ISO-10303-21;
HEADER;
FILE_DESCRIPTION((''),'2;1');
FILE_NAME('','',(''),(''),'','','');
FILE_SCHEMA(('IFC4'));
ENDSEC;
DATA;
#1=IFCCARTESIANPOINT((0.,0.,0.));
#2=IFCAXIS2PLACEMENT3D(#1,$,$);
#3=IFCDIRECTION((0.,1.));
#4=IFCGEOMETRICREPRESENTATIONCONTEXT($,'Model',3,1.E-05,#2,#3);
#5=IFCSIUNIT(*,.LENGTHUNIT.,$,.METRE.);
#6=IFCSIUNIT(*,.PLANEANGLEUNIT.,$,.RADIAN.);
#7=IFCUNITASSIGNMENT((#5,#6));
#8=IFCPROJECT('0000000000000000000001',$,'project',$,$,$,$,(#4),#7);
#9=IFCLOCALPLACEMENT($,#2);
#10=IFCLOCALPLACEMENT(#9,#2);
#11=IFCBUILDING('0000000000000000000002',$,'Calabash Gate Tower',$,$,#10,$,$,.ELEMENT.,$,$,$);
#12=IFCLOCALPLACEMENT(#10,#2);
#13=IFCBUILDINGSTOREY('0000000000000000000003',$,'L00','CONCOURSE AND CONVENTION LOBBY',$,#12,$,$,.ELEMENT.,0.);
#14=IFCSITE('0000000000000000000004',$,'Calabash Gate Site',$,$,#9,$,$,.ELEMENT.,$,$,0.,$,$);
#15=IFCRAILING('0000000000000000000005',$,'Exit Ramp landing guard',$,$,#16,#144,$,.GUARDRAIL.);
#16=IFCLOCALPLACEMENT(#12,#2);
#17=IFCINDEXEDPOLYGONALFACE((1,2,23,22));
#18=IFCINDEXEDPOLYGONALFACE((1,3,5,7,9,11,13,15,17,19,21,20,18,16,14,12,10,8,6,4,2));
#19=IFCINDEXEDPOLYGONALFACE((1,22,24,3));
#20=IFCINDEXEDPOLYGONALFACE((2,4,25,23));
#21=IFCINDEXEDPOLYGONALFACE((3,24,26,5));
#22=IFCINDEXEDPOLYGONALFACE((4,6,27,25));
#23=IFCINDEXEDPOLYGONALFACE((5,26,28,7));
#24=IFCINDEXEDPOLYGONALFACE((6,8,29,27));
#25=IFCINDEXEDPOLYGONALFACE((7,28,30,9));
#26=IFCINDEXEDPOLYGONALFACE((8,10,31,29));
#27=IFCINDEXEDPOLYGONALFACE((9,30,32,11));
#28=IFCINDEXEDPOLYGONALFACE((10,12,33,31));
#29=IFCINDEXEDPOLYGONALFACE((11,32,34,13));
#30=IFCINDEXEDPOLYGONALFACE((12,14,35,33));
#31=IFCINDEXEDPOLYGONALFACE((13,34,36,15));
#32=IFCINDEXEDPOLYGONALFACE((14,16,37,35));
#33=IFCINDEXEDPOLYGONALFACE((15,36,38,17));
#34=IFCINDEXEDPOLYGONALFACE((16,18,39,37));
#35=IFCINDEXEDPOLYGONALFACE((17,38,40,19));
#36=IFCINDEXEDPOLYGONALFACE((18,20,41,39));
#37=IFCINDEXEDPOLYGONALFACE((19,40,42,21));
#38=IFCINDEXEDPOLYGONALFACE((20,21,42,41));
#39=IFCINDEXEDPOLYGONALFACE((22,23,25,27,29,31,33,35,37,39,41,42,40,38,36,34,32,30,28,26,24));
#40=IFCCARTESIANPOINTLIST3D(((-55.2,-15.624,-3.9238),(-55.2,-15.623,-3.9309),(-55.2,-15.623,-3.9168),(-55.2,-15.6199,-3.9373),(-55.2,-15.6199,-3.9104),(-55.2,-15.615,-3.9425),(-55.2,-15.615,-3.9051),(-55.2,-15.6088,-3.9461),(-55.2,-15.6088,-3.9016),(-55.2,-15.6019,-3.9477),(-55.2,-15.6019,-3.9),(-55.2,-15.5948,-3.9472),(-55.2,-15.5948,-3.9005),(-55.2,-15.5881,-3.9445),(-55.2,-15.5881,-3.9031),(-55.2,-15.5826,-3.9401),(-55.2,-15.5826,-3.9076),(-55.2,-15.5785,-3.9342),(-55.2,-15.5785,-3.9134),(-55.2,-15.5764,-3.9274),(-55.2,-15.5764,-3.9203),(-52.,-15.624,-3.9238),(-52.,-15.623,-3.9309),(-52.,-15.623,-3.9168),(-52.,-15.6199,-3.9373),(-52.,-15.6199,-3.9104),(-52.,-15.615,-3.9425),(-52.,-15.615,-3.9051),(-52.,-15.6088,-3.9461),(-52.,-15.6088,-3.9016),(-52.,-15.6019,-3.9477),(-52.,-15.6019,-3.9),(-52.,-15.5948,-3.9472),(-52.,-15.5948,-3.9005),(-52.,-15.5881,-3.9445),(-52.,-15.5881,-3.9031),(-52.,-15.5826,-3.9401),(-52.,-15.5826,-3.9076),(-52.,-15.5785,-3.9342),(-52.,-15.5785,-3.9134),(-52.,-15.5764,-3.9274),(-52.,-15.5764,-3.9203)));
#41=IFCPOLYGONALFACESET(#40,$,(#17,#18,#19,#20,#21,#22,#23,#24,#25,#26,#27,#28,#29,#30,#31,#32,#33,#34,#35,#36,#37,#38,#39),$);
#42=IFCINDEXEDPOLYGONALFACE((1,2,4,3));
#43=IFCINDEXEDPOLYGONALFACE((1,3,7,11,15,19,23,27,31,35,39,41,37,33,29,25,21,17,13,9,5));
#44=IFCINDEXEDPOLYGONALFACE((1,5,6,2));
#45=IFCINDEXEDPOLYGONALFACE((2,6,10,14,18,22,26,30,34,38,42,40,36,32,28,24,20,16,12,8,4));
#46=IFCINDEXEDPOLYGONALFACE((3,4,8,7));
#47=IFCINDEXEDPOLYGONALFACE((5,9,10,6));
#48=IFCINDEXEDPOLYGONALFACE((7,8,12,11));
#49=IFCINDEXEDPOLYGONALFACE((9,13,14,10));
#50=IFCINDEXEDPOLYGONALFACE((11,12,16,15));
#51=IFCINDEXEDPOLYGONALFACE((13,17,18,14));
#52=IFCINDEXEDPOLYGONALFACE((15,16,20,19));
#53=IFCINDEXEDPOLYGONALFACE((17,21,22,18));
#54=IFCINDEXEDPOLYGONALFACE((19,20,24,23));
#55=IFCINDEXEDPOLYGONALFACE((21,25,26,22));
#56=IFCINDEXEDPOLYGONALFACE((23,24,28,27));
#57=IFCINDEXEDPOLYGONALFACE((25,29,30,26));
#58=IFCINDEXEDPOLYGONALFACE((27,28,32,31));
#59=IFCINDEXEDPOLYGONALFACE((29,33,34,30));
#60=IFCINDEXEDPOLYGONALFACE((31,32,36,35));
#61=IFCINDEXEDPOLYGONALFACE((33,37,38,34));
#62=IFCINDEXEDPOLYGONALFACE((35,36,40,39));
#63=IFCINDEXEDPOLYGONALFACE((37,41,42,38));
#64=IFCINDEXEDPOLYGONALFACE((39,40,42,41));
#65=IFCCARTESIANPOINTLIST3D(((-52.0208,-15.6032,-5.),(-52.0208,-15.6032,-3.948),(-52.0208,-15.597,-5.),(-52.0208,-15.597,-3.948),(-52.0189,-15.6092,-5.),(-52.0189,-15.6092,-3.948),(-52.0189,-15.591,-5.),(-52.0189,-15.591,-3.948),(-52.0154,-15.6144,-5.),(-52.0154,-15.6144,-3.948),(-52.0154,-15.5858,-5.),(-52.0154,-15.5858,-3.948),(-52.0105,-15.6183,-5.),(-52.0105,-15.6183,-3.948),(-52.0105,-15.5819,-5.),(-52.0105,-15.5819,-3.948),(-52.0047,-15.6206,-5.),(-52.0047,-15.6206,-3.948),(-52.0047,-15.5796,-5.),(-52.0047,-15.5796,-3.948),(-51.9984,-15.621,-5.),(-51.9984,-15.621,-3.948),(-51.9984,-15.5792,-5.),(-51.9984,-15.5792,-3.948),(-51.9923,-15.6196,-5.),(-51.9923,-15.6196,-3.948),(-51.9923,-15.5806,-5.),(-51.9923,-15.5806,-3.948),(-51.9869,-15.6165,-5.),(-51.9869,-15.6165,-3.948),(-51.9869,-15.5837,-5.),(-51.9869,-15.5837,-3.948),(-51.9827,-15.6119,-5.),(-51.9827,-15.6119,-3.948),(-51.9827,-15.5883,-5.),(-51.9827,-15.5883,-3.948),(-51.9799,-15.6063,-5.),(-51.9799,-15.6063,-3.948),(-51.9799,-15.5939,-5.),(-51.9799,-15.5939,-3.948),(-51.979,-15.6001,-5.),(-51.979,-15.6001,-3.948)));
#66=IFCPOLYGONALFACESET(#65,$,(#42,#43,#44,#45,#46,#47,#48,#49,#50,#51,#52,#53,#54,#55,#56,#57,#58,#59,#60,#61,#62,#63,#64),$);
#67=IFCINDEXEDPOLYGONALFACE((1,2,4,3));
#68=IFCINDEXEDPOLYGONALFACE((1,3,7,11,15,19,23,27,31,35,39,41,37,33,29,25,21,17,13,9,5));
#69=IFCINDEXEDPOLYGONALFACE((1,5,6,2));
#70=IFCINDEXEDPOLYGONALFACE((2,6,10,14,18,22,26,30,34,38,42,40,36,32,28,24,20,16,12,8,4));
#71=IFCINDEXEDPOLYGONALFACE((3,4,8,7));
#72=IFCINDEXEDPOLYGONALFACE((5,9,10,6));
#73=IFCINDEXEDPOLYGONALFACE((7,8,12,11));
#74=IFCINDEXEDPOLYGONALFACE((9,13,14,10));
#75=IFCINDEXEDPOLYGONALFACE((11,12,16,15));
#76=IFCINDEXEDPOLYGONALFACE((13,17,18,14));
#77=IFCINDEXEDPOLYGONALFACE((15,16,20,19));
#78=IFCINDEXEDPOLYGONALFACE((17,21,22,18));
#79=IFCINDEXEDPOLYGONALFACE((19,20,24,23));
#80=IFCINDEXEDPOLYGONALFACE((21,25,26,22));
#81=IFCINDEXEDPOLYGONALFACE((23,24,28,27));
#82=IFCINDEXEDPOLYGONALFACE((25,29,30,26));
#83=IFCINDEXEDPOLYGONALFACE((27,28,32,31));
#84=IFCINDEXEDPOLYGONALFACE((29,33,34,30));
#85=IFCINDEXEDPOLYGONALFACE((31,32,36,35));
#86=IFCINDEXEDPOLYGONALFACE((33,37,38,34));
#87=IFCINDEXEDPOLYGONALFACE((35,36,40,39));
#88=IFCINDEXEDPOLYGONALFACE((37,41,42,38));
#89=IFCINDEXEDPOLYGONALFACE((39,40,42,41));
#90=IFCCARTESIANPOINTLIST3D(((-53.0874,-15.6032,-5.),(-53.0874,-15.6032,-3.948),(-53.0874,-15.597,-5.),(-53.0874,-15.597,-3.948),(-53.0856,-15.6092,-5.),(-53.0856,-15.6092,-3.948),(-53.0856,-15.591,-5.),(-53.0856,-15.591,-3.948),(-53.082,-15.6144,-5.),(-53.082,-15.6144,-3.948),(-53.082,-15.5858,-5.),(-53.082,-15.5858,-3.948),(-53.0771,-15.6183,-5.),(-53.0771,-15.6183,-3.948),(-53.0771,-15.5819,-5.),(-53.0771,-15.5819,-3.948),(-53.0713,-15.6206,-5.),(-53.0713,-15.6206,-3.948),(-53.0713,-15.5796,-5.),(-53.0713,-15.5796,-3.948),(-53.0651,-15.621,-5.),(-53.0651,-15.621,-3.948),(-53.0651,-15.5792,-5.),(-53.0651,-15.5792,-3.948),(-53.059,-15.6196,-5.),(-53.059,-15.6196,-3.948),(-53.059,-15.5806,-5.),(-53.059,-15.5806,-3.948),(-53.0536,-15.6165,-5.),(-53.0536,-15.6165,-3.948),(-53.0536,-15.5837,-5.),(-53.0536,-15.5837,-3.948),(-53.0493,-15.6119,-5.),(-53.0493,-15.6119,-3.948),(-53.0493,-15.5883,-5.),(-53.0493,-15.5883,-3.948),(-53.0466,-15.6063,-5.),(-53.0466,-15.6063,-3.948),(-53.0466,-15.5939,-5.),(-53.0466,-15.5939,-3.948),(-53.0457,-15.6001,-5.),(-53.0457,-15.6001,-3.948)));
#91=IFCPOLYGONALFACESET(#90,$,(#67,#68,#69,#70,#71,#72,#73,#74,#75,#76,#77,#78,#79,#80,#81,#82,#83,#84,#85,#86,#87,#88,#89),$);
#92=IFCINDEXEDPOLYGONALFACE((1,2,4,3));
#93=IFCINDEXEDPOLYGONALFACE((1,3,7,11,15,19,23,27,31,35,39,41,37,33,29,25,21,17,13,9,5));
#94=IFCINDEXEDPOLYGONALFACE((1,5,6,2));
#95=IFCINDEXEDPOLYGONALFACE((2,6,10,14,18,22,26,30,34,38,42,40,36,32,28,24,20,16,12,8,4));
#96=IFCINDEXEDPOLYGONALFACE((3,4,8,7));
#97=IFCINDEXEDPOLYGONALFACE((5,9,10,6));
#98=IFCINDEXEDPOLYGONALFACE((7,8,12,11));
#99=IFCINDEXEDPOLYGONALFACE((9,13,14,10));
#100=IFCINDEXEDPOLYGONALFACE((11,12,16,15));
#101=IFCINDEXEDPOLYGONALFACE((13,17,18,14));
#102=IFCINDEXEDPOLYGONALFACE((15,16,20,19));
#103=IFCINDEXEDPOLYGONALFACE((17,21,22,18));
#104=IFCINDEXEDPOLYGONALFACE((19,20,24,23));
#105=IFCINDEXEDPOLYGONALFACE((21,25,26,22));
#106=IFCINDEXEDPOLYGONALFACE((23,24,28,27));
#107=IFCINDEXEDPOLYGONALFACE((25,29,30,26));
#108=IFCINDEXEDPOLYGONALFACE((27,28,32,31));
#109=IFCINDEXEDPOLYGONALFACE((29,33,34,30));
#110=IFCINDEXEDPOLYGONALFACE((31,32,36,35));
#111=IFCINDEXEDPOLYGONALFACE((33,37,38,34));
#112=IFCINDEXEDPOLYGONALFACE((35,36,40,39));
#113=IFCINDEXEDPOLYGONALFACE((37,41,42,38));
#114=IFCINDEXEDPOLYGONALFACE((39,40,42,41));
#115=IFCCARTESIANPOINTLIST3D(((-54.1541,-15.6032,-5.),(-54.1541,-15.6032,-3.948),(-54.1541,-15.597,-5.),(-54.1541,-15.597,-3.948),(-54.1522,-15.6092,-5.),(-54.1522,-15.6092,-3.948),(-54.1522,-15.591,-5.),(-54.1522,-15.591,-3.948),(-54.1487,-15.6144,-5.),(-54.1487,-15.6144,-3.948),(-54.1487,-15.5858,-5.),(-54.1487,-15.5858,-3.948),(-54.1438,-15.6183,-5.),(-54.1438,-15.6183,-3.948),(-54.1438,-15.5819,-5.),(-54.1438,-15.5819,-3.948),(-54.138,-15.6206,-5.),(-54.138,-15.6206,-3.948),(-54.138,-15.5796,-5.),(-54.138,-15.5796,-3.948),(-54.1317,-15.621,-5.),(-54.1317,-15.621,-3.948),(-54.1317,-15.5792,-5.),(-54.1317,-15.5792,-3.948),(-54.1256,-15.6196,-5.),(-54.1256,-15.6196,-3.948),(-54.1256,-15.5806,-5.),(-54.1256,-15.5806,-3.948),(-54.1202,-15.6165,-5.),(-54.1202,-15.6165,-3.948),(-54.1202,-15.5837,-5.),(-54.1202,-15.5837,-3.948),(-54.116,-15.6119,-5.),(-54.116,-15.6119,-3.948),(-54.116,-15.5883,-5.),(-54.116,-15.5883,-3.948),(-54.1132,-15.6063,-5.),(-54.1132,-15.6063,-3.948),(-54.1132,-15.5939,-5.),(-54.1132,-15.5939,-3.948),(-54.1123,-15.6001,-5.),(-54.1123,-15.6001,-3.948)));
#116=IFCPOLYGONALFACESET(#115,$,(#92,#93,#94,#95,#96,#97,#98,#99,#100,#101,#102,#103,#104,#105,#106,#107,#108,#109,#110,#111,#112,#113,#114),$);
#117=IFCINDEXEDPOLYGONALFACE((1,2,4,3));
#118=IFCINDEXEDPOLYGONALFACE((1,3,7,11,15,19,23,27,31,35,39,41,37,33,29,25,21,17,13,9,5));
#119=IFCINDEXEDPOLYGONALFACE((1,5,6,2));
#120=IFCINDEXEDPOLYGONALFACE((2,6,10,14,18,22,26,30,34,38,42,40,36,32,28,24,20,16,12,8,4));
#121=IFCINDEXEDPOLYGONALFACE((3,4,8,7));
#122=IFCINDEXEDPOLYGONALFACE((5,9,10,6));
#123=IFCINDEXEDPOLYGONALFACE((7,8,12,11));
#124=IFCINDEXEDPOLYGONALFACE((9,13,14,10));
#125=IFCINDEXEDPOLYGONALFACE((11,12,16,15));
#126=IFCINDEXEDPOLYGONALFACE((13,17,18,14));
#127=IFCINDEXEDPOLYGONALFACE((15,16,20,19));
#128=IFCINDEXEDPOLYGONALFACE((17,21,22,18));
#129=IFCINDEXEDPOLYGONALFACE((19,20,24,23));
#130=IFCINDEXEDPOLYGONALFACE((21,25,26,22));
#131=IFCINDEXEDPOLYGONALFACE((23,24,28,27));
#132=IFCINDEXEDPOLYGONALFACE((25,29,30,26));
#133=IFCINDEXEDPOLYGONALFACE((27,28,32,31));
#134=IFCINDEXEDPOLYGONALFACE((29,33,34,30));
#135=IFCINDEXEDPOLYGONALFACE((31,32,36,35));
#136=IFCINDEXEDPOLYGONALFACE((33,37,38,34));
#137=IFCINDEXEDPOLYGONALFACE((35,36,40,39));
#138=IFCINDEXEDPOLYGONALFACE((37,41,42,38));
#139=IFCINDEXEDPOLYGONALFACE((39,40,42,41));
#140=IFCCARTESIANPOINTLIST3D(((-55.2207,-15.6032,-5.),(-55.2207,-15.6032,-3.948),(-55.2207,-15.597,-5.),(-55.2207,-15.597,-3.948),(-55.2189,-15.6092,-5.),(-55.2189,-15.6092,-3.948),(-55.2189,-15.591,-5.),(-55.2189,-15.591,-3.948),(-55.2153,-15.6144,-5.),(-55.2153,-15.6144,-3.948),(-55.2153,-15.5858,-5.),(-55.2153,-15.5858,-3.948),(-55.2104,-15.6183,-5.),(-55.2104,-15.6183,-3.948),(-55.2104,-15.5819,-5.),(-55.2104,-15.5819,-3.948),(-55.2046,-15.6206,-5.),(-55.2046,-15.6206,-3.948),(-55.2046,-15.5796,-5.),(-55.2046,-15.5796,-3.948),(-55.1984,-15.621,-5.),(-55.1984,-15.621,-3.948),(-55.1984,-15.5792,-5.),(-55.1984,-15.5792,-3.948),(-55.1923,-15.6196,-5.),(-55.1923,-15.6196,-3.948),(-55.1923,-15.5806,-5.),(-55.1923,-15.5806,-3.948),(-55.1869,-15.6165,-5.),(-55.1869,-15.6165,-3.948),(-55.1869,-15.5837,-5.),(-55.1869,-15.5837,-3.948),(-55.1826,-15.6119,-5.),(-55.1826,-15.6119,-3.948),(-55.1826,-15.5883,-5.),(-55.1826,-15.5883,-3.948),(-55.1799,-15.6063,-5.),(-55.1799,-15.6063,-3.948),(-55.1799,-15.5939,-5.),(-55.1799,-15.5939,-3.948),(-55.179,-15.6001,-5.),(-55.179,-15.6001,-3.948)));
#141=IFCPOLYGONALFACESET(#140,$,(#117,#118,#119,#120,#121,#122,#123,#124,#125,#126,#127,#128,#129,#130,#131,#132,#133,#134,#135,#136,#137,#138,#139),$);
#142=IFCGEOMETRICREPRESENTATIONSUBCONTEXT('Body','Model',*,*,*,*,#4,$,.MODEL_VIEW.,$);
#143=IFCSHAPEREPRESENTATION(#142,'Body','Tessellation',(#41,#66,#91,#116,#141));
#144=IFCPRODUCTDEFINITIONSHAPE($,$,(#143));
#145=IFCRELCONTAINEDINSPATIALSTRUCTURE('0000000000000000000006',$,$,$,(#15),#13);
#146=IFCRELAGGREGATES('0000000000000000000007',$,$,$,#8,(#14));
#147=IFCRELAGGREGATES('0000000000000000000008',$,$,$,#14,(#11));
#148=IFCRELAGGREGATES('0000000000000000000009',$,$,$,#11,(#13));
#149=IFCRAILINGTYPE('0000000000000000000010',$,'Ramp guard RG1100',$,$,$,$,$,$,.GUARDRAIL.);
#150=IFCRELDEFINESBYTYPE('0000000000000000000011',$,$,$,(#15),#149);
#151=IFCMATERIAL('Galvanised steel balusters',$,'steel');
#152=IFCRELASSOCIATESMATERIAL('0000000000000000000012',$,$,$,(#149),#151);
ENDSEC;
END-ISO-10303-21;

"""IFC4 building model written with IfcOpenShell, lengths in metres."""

from ifc_helpers import new_model, si_unit, direction, frame, origin, origin_2d, place, context, subcontext, project, spatial, circle, extrude, material, type_object, element, save


model = new_model("IFC4")

# Units and contexts
model_context = context("Model", 3, precision=1e-05, world=origin(), true_north=direction((0.0, 1.0)))
body_context = subcontext(model_context, "Body", "Model", "MODEL_VIEW")
ifc_project = project(units=[si_unit("LENGTHUNIT", "METRE"), si_unit("PLANEANGLEUNIT", "RADIAN")], contexts=[model_context])

# Site, building, storey
site_placement = place(None, origin())
site = spatial("IfcSite", under=ifc_project, at=site_placement, Name="Calabash Gate Site", CompositionType="ELEMENT", RefElevation=0.0)
building_placement = place(site_placement, origin())
building = spatial("IfcBuilding", under=site, at=building_placement, Name="Calabash Gate Tower", CompositionType="ELEMENT")
storey_placement = place(building_placement, origin())
storey = spatial("IfcBuildingStorey", under=building, at=storey_placement, Name="L00", Description="CONCOURSE AND CONVENTION LOBBY", CompositionType="ELEMENT", Elevation=0.0)

# Railing
ifc_material_1 = material(Name="Galvanised steel balusters", Category="steel")
railing_type = type_object("IfcRailingType", Name="Ramp guard RG1100", PredefinedType="GUARDRAIL", material=ifc_material_1)
railing_1_placement = place(storey_placement, frame((-52.0, -15.6001, -5.0)))
element("IfcRailing", 1, at=railing_1_placement, inside=storey, type_object=railing_type, Name="Exit Ramp landing guard", PredefinedType="GUARDRAIL", context=body_context, shape_type="SweptSolid", body=[
    extrude(circle(Radius=0.0239, at=origin_2d()), frame((0.0, 0.0, 1.0762), z_axis=(-1.0, 0.0, 0.0), x_axis=(0.0, -1.0, 0.0)), (0.0, 0.0, 1.0), 3.2),
    extrude(circle(Radius=0.021, at=origin_2d()), origin(), (0.0, 0.0, 1.0), 1.052),
    extrude(circle(Radius=0.021, at=origin_2d()), frame((-1.0667, 0.0, 0.0)), (0.0, 0.0, 1.0), 1.052),
    extrude(circle(Radius=0.021, at=origin_2d()), frame((-2.1333, 0.0, 0.0)), (0.0, 0.0, 1.0), 1.052),
    extrude(circle(Radius=0.021, at=origin_2d()), frame((-3.2, 0.0, 0.0)), (0.0, 0.0, 1.0), 1.052),
])

save(model, "model.ifc")
